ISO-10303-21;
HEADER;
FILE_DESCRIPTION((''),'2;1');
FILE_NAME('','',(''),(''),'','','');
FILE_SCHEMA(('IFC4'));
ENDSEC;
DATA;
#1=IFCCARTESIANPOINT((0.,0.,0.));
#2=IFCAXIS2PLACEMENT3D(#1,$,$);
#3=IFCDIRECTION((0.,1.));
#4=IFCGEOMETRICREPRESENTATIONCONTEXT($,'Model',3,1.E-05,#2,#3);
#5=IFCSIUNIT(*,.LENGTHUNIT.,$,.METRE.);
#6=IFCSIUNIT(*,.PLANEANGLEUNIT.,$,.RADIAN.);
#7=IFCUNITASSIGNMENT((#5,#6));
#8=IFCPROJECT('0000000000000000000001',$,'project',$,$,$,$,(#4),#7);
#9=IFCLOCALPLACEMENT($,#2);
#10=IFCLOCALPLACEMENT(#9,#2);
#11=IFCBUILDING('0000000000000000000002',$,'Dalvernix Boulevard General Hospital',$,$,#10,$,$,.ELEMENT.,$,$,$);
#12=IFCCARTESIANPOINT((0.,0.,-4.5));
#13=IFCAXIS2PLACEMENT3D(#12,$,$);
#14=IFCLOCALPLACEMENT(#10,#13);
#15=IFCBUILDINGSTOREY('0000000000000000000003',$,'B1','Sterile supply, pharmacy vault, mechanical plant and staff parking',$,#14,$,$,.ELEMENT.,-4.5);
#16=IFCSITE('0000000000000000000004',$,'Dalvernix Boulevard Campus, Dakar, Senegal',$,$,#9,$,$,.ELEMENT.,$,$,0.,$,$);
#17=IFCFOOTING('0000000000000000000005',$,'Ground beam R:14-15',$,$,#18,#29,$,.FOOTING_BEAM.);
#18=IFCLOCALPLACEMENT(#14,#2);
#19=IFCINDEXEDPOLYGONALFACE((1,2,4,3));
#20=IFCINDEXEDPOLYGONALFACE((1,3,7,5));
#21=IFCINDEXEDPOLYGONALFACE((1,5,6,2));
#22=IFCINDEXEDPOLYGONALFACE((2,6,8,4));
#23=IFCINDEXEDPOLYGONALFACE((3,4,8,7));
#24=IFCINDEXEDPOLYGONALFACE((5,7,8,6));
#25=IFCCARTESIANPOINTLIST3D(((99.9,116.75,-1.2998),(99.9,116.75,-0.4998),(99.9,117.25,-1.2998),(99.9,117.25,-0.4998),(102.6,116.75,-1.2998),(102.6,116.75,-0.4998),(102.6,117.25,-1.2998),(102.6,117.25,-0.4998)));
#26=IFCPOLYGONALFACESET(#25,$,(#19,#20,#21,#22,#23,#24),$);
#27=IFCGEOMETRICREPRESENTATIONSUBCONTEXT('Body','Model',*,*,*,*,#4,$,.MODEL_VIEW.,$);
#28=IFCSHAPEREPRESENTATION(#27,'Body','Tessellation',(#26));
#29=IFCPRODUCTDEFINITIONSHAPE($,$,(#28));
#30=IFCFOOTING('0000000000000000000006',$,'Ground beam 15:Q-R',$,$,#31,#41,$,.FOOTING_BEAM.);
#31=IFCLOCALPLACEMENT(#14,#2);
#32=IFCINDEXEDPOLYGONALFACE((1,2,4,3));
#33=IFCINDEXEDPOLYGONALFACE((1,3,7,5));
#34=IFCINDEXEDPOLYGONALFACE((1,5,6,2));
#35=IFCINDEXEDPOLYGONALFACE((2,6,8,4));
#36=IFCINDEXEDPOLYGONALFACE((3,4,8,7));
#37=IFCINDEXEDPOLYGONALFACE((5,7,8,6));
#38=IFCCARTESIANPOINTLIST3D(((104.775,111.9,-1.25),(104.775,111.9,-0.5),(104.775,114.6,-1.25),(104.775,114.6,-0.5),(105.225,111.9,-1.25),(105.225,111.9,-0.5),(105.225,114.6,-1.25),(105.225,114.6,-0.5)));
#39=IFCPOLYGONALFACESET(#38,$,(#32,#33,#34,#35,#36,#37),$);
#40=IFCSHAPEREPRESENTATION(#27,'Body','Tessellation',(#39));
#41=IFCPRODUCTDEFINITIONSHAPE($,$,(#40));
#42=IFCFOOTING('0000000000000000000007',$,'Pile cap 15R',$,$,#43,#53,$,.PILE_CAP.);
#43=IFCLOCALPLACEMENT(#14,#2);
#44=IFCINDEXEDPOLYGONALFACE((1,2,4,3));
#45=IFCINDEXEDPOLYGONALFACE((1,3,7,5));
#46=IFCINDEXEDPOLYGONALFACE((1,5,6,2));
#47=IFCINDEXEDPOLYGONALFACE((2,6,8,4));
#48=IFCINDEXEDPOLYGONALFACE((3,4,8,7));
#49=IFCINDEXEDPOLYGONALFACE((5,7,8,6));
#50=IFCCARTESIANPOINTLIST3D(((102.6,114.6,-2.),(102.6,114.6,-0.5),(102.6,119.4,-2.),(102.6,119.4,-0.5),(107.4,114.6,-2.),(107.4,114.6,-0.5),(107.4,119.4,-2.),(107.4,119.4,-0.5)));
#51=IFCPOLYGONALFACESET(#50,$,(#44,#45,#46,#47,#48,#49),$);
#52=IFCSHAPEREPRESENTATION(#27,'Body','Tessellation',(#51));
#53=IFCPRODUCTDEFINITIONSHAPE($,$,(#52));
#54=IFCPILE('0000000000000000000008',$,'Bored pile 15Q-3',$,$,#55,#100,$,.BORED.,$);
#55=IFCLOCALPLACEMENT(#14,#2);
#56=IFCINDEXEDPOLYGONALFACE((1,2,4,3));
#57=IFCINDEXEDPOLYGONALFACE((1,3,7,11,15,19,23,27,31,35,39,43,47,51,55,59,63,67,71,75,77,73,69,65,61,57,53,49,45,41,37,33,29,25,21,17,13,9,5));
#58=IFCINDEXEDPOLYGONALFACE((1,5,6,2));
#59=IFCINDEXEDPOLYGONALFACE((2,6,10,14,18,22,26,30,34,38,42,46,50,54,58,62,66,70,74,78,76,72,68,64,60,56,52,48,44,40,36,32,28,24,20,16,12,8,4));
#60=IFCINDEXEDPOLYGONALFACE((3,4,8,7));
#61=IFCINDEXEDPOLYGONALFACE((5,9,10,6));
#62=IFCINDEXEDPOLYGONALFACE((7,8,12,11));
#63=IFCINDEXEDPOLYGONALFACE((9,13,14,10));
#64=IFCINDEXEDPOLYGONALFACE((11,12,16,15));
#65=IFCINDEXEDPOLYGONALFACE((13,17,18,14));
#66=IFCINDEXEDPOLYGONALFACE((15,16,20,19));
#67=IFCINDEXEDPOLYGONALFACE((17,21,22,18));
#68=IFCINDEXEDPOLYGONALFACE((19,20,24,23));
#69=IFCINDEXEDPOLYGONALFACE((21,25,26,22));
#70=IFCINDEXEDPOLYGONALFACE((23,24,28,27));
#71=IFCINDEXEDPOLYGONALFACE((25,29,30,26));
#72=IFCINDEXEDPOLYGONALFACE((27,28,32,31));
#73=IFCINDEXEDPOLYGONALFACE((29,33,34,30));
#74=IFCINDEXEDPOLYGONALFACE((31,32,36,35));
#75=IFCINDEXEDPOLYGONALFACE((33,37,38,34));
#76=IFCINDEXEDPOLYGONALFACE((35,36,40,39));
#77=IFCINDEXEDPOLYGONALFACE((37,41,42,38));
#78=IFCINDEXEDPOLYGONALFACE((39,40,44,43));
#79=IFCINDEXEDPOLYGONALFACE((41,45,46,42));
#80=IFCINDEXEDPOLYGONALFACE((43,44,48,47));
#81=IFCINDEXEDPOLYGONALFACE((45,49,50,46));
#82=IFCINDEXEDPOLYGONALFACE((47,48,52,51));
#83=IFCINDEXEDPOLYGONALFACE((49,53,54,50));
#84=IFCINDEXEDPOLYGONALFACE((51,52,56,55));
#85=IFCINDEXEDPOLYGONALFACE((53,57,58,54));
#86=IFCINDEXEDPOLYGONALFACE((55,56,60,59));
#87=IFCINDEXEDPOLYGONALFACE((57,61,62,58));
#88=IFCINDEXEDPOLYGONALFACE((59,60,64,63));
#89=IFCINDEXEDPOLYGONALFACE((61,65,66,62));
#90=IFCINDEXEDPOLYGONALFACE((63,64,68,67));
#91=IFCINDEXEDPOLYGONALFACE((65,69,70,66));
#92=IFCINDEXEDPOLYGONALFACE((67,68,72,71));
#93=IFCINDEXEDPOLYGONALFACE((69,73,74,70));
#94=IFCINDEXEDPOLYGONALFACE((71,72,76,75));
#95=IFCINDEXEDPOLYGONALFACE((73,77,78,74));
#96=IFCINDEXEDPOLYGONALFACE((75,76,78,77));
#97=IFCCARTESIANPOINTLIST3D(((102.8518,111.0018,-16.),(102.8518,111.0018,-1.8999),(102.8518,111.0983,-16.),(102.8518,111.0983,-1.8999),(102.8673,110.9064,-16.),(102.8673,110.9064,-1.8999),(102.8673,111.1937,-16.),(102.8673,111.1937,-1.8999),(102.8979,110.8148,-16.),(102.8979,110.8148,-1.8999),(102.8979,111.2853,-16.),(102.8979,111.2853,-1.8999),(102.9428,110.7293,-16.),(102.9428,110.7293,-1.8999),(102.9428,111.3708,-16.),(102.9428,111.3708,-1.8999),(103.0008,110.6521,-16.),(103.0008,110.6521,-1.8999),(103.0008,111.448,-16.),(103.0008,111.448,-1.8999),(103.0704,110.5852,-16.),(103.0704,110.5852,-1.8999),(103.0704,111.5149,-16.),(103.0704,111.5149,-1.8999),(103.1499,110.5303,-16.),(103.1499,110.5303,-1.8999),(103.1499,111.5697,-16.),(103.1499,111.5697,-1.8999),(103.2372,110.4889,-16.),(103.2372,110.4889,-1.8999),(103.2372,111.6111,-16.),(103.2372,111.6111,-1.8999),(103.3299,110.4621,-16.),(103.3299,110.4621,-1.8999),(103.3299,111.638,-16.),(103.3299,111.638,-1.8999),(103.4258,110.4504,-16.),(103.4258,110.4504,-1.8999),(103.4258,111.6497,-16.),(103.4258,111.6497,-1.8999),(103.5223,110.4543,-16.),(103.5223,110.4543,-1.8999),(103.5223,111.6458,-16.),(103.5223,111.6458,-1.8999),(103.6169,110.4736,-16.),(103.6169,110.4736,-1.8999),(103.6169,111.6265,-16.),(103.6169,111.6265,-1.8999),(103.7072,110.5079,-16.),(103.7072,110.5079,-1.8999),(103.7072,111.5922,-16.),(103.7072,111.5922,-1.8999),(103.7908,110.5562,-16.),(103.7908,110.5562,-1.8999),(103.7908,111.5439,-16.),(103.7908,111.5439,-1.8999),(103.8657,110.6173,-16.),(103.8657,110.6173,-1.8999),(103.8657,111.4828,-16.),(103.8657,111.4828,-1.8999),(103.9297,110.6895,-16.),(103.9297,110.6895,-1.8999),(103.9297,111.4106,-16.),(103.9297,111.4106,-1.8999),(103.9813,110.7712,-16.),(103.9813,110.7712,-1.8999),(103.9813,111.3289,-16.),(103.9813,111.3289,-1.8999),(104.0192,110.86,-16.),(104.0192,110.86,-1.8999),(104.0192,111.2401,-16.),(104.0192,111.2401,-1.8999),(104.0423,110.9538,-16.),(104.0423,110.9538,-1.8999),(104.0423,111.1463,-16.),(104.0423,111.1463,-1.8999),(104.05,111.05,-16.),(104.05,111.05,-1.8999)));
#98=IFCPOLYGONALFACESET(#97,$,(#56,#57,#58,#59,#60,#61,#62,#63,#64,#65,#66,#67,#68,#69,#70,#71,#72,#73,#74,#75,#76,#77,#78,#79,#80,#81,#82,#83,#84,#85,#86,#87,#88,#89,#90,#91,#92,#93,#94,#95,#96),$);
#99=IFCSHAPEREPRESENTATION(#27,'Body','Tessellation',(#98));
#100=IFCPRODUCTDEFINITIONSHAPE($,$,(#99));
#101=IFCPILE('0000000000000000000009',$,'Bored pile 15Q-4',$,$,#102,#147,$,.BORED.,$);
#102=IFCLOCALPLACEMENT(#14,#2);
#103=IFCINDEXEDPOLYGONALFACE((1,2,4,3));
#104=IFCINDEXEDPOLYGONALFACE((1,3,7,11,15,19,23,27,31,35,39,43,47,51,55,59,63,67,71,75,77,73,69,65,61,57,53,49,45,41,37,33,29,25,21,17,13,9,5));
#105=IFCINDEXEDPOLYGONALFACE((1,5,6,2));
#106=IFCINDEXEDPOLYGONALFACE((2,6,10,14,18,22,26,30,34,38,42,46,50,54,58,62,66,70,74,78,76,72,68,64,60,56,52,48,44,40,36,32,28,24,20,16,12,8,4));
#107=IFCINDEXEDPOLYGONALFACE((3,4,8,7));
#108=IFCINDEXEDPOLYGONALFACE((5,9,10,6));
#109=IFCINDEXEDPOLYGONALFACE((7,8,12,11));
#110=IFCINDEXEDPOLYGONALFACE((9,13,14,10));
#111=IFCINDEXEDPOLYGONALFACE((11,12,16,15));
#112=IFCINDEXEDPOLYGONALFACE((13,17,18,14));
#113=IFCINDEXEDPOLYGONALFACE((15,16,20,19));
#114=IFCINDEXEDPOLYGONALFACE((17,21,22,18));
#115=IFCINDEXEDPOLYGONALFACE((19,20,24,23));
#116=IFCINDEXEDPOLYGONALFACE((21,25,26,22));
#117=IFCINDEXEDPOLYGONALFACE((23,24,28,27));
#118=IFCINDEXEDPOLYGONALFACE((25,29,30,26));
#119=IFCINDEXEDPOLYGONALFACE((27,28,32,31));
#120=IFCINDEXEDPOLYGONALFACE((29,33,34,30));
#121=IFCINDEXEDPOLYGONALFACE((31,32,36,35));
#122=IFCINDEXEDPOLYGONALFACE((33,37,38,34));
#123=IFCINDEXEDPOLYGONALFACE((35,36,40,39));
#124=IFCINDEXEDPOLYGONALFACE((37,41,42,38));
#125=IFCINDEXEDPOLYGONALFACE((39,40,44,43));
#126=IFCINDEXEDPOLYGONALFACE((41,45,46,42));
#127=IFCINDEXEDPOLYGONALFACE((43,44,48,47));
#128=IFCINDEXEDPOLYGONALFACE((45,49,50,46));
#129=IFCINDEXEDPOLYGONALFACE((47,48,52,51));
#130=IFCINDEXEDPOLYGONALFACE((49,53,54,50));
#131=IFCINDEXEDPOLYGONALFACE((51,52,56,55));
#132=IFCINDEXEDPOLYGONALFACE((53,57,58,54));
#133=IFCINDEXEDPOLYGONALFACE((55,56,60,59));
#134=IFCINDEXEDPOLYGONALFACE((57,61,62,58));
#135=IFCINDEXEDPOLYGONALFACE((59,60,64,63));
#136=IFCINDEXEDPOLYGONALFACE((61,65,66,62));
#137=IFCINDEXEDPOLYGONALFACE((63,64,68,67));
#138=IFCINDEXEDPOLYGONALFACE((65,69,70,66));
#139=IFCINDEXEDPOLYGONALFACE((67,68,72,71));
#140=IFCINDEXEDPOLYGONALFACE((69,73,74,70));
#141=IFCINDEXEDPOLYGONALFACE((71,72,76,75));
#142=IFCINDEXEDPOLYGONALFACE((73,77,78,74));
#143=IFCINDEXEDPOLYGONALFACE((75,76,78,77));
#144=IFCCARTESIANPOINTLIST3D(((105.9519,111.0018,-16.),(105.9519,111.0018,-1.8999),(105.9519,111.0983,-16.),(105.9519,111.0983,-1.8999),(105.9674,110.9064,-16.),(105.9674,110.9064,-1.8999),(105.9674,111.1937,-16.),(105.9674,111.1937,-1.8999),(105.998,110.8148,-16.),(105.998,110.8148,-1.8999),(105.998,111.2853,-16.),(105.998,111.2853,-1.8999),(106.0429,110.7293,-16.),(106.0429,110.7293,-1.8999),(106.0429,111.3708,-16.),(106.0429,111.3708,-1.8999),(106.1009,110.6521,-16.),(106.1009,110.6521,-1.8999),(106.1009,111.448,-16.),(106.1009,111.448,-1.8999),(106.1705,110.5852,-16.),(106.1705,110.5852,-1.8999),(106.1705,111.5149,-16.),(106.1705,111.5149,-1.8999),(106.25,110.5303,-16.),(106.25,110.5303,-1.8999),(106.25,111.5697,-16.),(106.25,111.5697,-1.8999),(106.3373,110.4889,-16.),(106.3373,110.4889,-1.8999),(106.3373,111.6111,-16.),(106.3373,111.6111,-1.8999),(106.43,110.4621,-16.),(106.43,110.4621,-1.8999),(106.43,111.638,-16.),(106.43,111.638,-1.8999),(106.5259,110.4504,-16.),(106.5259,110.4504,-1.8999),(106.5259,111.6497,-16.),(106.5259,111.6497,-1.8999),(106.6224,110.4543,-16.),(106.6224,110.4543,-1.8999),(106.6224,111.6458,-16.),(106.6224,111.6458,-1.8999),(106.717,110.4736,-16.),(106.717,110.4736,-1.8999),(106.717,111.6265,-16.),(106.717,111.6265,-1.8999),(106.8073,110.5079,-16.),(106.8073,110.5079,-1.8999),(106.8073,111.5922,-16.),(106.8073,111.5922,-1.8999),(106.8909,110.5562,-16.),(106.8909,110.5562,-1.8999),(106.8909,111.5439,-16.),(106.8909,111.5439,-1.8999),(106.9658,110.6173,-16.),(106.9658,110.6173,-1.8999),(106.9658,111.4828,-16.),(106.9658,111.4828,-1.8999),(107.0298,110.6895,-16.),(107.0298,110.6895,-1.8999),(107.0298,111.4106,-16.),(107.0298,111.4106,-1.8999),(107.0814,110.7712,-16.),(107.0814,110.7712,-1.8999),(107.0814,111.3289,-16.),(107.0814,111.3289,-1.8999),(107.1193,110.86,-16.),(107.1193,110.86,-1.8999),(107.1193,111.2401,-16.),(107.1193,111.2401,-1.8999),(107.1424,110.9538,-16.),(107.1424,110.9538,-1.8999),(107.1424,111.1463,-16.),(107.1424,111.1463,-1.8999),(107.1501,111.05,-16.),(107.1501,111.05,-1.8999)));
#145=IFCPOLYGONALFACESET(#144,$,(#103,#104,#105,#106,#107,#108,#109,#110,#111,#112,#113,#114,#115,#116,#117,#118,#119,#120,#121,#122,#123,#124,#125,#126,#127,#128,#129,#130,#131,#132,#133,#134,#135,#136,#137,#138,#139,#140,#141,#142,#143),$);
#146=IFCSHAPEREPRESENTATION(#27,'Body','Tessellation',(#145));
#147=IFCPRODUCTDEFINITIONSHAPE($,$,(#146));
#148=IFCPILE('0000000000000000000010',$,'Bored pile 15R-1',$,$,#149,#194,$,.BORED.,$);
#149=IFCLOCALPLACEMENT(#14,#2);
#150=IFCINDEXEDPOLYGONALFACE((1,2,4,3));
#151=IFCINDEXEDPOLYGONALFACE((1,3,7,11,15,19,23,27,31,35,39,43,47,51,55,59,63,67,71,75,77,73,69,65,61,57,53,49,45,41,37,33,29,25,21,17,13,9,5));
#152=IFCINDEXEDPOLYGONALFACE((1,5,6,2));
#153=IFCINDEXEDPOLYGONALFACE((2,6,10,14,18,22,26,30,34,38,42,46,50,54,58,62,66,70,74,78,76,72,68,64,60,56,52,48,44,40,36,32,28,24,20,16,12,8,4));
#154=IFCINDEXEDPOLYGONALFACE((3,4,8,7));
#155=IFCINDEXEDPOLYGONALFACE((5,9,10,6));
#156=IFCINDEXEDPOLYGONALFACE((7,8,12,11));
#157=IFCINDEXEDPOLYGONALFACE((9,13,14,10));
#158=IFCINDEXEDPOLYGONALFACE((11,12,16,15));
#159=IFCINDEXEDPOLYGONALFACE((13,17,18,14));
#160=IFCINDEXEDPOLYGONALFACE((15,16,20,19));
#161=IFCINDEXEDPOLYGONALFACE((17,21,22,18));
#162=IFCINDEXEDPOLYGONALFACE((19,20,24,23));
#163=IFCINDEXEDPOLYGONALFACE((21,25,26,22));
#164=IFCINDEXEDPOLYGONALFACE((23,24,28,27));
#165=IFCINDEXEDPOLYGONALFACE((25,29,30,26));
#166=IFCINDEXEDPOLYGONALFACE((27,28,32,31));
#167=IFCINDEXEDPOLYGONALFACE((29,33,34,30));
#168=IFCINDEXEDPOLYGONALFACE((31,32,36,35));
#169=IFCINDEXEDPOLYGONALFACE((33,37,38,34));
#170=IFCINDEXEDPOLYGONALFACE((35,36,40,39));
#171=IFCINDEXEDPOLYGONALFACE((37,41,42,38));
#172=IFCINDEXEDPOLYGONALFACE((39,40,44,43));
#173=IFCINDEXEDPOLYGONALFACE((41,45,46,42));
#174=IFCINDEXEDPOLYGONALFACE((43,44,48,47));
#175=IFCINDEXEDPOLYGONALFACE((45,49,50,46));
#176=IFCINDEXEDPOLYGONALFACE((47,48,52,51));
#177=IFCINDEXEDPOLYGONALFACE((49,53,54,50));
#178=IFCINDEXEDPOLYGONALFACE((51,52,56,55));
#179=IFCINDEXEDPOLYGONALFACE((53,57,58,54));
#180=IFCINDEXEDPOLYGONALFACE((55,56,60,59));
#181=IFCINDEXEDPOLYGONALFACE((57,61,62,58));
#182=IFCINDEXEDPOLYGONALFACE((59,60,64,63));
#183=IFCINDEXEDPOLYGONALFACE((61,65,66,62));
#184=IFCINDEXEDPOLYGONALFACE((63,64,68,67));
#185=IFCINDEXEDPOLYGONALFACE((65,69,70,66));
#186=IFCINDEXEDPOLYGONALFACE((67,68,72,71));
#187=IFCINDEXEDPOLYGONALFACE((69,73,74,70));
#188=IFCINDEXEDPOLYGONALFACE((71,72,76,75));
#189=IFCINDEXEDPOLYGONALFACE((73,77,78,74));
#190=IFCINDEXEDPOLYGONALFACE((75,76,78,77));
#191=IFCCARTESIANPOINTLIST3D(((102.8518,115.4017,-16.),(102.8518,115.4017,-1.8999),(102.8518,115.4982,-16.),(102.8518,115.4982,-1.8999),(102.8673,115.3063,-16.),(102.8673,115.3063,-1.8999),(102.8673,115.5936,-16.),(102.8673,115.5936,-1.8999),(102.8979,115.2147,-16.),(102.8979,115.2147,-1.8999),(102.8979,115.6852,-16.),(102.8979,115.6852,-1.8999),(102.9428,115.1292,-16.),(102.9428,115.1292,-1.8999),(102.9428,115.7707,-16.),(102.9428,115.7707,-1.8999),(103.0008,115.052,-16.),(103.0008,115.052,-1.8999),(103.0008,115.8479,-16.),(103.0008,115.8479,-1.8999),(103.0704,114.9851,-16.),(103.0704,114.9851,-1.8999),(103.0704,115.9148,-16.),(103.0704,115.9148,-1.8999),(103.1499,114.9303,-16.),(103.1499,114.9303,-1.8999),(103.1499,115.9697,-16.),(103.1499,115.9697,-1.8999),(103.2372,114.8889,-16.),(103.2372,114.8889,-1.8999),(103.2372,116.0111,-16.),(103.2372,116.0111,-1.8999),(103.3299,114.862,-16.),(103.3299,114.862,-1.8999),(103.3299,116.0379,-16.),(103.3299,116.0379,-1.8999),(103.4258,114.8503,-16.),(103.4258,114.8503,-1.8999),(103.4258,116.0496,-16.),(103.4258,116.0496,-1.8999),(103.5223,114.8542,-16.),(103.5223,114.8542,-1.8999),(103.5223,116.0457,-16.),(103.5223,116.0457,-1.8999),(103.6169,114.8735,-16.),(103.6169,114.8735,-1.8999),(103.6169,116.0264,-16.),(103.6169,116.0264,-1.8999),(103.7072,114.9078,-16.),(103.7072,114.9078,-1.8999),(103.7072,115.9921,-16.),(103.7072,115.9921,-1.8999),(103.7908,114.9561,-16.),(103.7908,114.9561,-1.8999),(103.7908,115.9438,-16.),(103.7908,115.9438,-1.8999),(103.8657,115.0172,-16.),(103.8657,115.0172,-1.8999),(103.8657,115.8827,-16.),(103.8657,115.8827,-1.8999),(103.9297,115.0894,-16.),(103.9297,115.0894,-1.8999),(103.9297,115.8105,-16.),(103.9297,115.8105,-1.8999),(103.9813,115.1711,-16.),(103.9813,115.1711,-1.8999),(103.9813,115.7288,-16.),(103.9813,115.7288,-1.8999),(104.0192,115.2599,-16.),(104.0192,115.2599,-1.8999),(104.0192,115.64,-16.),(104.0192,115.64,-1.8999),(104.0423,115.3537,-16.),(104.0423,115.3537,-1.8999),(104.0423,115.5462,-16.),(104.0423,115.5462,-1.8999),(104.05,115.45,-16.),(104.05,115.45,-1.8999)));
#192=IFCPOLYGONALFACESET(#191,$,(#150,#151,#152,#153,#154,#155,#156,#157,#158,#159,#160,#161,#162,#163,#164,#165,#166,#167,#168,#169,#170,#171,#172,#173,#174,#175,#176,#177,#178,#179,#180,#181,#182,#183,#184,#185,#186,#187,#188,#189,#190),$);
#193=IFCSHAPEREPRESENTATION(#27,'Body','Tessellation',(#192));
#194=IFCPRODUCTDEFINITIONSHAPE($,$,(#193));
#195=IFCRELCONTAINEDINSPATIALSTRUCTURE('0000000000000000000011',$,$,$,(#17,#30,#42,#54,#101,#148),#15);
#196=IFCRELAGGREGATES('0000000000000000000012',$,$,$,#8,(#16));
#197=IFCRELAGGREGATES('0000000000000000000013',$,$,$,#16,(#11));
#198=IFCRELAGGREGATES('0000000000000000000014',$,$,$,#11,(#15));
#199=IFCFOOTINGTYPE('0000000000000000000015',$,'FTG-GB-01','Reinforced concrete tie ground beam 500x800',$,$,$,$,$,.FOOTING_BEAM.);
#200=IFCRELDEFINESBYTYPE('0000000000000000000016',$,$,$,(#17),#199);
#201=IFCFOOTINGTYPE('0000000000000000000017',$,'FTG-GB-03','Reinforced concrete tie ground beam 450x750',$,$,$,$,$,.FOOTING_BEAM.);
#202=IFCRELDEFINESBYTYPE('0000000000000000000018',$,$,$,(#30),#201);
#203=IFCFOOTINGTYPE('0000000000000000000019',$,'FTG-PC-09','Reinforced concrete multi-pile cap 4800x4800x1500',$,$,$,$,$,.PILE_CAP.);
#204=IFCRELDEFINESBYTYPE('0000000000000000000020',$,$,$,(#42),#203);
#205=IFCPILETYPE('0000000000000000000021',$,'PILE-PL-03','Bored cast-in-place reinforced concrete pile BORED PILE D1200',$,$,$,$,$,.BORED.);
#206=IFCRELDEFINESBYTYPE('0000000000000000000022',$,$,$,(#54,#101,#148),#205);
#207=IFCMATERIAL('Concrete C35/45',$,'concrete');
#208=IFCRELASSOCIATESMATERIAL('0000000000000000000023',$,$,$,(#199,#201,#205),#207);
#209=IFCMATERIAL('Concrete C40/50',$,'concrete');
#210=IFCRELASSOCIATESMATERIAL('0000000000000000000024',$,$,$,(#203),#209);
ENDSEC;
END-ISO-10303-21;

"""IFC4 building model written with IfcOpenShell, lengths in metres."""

from ifc_helpers import new_model, si_unit, direction, frame, origin, origin_2d, place, context, subcontext, project, spatial, rectangle, circle, extrude, material, material_profile, profile_set, type_object, element, save


model = new_model("IFC4")

# Units and contexts
model_context = context("Model", 3, precision=1e-05, world=origin(), true_north=direction((0.0, 1.0)))
body_context = subcontext(model_context, "Body", "Model", "MODEL_VIEW")
ifc_project = project(units=[si_unit("LENGTHUNIT", "METRE"), si_unit("PLANEANGLEUNIT", "RADIAN")], contexts=[model_context])

# Site, building, storey
site_placement = place(None, origin())
site = spatial("IfcSite", under=ifc_project, at=site_placement, Name="Dalvernix Boulevard Campus, Dakar, Senegal", CompositionType="ELEMENT", RefElevation=0.0)
building_placement = place(site_placement, origin())
building = spatial("IfcBuilding", under=site, at=building_placement, Name="Dalvernix Boulevard General Hospital", CompositionType="ELEMENT")
storey_placement = place(building_placement, frame((0.0, 0.0, -4.5)))
storey = spatial("IfcBuildingStorey", under=building, at=storey_placement, Name="B1", Description="Sterile supply, pharmacy vault, mechanical plant and staff parking", CompositionType="ELEMENT", Elevation=-4.5)

# Footings
ifc_material_1 = material(Name="Concrete C35/45", Category="concrete")
footing_type_1 = type_object("IfcFootingType", Name="FTG-GB-01", Description="Reinforced concrete tie ground beam 500x800", PredefinedType="FOOTING_BEAM", material=ifc_material_1)
footing_1_placement = place(storey_placement, frame((101.25, 117.0, -1.2998), z_axis=(0.0, 0.0, 1.0), x_axis=(1.0, 0.0, 0.0)))
element("IfcFooting", 1, at=footing_1_placement, inside=storey, type_object=footing_type_1, Name="Ground beam R:14-15", PredefinedType="FOOTING_BEAM", context=body_context, shape_type="SweptSolid", body=[
    extrude(rectangle(XDim=2.7, YDim=0.5, at=origin_2d()), origin(), (0.0, 0.0, 1.0), 0.8),
])
footing_type_2 = type_object("IfcFootingType", Name="FTG-GB-03", Description="Reinforced concrete tie ground beam 450x750", PredefinedType="FOOTING_BEAM", material=ifc_material_1)
footing_2_placement = place(storey_placement, frame((105.0, 113.25, -1.25), z_axis=(0.0, 0.0, 1.0), x_axis=(0.0, 1.0, 0.0)))
element("IfcFooting", 2, at=footing_2_placement, inside=storey, type_object=footing_type_2, Name="Ground beam 15:Q-R", PredefinedType="FOOTING_BEAM", context=body_context, shape_type="SweptSolid", body=[
    extrude(rectangle(XDim=2.7, YDim=0.45, at=origin_2d()), origin(), (0.0, 0.0, 1.0), 0.75),
])
ifc_material_2 = material(Name="Concrete C40/50", Category="concrete")
footing_type_3 = type_object("IfcFootingType", Name="FTG-PC-09", Description="Reinforced concrete multi-pile cap 4800x4800x1500", PredefinedType="PILE_CAP", material=ifc_material_2)
footing_3_placement = place(storey_placement, frame((105.0, 117.0, -2.0), z_axis=(0.0, 0.0, 1.0), x_axis=(1.0, 0.0, 0.0)))
element("IfcFooting", 3, at=footing_3_placement, inside=storey, type_object=footing_type_3, Name="Pile cap 15R", PredefinedType="PILE_CAP", context=body_context, shape_type="SweptSolid", body=[
    extrude(rectangle(XDim=4.8, YDim=4.8, at=origin_2d()), origin(), (0.0, 0.0, 1.0), 1.5),
])

# Piles
ifc_material_profile_1 = material_profile(ifc_material_1, circle(Radius=0.6001, at=origin_2d()), Name="BORED PILE D1200")
ifc_profile_set_1 = profile_set([ifc_material_profile_1], Name="Concrete C35/45")
pile_type = type_object("IfcPileType", Name="PILE-PL-03", Description="Bored cast-in-place reinforced concrete pile BORED PILE D1200", PredefinedType="BORED", material=ifc_profile_set_1)
for number, where, z_axis, x_axis, name in (
    (4, (103.45, 111.05, -1.8999), (0.0, 0.0, -1.0), (1.0, 0.0, 0.0), "Bored pile 15Q-3"),
    (5, (106.55, 111.05, -1.8999), (0.0, 0.0, -1.0), (1.0, 0.0, 0.0), "Bored pile 15Q-4"),
    (6, (103.45, 115.45, -1.8999), (0.0, 0.0, -1.0), (1.0, 0.0, 0.0), "Bored pile 15R-1"),
):
    element("IfcPile", number, at=place(storey_placement, frame(where, z_axis=z_axis, x_axis=x_axis)), inside=storey, type_object=pile_type, Name=name, PredefinedType="BORED", context=body_context, shape_type="SweptSolid", body=[
        extrude(circle(Radius=0.6001, at=origin_2d()), origin(), (0.0, 0.0, 1.0), 14.1001),
    ])

save(model, "model.ifc")
